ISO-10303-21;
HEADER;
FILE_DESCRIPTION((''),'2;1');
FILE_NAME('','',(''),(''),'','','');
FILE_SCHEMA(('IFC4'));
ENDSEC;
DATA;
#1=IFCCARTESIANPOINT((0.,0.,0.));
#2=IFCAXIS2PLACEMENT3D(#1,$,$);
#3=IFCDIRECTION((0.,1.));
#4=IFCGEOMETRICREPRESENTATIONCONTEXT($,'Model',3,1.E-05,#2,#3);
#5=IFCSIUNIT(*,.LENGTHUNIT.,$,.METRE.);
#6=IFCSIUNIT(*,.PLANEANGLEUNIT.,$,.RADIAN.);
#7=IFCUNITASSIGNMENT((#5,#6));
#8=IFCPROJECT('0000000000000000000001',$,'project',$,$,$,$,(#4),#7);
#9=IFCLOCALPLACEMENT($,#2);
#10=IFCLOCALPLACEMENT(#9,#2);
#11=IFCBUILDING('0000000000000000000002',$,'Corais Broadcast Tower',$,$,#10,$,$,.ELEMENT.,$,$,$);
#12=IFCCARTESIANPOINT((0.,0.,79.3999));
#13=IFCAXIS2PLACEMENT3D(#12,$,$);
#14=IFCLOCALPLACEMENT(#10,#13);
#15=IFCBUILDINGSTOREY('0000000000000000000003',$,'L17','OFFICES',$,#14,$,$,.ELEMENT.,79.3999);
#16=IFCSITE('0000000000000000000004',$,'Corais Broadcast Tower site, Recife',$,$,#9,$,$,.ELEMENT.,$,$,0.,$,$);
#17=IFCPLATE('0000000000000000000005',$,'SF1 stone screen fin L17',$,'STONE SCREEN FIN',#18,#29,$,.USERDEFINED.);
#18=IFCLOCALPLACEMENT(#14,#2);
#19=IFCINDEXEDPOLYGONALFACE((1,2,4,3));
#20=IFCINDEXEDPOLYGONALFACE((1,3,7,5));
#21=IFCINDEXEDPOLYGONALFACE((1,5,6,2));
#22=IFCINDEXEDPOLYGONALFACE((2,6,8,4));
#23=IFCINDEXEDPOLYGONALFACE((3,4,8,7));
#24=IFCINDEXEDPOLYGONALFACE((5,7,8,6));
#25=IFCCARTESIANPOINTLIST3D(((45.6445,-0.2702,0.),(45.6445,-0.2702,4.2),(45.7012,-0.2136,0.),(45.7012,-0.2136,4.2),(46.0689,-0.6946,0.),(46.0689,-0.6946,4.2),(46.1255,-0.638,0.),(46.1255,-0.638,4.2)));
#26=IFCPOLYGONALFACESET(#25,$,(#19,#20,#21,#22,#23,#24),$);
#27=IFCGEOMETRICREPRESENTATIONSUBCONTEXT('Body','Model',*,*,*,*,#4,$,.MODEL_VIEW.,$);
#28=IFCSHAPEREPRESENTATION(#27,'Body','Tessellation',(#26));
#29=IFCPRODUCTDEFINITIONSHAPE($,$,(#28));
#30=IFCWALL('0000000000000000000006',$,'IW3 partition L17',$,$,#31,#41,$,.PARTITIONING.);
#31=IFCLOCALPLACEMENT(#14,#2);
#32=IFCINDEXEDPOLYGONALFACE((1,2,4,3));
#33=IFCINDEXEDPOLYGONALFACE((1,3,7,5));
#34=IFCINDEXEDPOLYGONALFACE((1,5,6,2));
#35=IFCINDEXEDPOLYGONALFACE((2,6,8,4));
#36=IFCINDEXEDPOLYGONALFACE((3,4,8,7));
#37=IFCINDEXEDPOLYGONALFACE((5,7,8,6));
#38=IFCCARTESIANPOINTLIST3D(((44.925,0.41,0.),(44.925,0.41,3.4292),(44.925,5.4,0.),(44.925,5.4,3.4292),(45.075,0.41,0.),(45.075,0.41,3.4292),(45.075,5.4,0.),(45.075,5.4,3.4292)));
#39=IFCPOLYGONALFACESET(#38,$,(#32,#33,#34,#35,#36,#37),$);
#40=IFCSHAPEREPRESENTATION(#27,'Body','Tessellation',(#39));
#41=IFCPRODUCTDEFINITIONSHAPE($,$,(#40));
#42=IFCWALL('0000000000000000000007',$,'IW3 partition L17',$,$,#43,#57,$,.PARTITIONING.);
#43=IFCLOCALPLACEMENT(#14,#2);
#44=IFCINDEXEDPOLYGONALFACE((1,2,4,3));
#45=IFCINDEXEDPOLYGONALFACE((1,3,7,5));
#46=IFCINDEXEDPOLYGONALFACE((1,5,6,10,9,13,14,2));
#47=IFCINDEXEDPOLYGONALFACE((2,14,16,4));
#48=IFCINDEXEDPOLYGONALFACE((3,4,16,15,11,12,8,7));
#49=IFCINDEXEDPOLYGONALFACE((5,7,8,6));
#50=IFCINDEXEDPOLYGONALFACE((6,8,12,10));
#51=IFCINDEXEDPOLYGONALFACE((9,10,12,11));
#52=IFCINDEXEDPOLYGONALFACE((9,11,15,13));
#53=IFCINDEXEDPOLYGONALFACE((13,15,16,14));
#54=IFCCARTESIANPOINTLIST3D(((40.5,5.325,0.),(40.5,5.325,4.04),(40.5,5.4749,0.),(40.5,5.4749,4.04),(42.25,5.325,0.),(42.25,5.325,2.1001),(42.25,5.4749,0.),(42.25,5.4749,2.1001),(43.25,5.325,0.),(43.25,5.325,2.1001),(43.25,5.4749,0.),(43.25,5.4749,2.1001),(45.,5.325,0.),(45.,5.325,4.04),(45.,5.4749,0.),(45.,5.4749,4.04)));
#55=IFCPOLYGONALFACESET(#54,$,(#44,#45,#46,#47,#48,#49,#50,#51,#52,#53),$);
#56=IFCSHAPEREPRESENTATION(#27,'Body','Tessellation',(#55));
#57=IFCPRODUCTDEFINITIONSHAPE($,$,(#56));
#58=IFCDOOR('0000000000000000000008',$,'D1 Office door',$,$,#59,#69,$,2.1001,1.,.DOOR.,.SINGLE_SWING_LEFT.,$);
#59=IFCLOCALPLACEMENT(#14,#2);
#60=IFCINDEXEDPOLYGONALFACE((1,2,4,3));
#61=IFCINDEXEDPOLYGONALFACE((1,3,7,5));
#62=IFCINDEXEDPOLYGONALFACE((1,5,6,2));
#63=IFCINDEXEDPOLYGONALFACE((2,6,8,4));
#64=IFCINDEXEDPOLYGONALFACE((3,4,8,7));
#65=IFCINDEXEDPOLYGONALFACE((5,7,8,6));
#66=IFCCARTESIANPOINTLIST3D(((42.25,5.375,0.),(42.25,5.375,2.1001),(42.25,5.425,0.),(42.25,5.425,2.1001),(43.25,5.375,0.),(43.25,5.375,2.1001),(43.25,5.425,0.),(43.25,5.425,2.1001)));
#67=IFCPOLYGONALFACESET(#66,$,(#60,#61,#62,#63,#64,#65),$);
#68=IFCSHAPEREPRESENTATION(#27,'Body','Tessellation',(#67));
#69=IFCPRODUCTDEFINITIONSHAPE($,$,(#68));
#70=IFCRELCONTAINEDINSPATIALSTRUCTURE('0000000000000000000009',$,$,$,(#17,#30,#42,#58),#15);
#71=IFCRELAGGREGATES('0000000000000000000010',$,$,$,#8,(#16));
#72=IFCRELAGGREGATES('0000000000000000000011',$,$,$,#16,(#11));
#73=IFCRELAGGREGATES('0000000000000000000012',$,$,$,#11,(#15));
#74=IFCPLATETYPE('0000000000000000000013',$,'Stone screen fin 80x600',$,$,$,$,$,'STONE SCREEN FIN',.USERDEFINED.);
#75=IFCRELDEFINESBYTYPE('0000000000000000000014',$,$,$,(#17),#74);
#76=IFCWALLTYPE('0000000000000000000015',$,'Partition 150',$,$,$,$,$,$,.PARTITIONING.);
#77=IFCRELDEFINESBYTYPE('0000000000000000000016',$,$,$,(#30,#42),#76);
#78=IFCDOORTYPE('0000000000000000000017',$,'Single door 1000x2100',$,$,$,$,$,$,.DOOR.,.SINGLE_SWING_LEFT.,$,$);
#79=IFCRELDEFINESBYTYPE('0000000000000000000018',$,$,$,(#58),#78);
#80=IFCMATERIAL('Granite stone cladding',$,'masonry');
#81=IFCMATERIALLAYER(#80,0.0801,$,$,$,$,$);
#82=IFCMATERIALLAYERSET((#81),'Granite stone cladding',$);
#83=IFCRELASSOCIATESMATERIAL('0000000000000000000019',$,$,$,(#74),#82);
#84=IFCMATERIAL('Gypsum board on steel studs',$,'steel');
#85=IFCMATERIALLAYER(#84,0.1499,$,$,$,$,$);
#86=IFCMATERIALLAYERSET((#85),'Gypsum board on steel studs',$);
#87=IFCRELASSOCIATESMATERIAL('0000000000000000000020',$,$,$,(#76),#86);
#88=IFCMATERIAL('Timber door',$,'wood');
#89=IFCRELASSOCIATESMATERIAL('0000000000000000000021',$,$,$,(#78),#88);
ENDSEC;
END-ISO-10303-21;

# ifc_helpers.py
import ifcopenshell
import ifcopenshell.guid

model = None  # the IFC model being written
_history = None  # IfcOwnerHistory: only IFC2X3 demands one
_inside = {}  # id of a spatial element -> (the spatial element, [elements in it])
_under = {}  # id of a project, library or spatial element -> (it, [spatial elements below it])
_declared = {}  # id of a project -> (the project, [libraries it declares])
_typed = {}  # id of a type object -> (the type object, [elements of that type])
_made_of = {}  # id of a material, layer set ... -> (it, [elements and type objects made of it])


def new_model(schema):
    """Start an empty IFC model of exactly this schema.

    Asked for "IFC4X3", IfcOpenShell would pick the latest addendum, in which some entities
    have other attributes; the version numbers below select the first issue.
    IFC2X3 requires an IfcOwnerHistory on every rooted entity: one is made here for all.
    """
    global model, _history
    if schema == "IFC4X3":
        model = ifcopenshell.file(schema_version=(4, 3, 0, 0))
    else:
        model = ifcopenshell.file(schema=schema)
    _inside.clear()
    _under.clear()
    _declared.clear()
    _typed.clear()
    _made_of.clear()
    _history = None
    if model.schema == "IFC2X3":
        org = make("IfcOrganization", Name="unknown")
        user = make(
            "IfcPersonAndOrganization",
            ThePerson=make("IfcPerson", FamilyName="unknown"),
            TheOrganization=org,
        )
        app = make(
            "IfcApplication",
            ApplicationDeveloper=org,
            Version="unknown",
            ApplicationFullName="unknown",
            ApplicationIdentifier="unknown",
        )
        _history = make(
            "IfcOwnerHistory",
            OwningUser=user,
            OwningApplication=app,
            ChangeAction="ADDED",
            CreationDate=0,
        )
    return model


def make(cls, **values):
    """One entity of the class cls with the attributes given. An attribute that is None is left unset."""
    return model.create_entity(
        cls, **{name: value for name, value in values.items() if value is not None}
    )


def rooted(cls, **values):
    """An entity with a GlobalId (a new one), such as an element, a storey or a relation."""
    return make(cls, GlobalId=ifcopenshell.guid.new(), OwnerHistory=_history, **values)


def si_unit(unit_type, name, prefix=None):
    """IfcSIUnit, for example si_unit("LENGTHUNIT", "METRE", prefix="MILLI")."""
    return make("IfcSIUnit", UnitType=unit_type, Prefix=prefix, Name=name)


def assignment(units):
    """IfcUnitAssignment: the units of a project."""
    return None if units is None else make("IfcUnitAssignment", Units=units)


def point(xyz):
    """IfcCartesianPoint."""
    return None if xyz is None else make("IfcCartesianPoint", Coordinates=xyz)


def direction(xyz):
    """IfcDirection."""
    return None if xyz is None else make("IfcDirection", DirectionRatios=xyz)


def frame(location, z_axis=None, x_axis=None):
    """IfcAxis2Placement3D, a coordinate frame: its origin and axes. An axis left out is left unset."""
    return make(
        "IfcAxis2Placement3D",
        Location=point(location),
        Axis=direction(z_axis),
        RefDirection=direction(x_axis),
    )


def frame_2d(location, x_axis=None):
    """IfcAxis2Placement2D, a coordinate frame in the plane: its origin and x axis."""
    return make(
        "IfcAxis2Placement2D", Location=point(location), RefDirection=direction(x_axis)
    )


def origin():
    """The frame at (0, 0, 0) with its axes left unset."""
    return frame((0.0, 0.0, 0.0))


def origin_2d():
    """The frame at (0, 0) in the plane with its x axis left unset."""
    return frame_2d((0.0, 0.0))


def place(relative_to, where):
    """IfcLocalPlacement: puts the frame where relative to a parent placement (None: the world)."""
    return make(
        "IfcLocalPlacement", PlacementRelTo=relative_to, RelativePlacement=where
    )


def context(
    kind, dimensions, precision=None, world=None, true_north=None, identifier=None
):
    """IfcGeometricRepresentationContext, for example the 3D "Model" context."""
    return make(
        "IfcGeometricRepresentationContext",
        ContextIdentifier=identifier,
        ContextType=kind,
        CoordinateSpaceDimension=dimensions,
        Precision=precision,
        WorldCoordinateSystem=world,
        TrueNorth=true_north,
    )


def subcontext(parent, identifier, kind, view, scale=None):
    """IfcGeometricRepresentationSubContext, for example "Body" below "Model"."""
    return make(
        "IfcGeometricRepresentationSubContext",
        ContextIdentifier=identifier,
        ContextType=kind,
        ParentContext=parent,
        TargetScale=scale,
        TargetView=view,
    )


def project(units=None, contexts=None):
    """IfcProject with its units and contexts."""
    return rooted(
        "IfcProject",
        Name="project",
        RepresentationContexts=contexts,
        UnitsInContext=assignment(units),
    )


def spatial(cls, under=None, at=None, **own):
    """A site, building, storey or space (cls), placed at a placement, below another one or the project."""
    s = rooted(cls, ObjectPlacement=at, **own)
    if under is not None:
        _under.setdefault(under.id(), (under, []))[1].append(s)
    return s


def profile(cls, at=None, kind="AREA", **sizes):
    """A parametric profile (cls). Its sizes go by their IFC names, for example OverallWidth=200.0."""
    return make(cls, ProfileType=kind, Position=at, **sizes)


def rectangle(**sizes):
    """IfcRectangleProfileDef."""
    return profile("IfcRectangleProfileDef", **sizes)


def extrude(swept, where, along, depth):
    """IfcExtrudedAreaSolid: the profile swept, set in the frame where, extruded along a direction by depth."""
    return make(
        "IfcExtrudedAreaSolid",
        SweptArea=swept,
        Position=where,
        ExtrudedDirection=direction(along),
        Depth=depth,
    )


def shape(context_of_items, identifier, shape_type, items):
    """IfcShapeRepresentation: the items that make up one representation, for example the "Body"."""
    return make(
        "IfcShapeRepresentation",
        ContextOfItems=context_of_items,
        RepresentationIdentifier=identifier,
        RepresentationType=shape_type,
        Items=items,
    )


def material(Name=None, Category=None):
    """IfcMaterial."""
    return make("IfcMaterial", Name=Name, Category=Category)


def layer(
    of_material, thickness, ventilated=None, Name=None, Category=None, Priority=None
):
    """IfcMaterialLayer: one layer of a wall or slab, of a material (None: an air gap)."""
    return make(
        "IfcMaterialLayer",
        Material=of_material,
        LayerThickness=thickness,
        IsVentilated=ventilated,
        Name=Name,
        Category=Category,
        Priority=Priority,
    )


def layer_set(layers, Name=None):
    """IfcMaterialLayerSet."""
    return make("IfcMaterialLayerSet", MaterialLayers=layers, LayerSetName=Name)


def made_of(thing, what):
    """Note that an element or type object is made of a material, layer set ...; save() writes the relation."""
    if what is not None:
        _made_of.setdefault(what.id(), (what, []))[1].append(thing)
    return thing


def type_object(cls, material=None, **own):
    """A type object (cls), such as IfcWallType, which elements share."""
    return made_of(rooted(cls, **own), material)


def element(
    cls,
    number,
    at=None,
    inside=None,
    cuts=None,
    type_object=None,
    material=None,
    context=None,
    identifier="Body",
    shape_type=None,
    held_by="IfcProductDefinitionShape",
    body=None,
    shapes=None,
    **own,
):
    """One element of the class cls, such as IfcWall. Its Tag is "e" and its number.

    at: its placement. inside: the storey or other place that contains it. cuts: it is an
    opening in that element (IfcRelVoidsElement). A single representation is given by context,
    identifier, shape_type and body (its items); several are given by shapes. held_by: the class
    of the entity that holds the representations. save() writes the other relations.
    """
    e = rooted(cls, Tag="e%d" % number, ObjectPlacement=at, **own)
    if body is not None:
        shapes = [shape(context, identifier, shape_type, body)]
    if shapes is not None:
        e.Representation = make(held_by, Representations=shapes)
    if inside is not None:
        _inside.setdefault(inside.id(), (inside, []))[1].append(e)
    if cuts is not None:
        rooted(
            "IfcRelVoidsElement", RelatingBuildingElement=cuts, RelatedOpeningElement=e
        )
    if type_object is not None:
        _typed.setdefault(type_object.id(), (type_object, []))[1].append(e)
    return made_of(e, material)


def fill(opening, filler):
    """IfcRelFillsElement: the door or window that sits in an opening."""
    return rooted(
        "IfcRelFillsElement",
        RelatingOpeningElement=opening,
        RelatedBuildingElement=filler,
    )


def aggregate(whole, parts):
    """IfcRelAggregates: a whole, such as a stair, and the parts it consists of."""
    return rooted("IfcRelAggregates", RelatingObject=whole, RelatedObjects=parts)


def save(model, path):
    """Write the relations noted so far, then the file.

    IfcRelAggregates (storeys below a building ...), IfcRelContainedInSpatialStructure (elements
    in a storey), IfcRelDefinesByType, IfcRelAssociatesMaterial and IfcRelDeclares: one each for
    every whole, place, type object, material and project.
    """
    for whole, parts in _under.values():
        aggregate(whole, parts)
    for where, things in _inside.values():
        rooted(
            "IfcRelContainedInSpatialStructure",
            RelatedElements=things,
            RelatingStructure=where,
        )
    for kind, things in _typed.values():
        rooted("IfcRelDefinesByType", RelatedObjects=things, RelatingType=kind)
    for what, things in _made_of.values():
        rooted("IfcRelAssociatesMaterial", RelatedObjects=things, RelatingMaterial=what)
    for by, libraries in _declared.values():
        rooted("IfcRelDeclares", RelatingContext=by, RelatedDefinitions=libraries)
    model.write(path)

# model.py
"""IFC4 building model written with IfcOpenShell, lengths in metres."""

from ifc_helpers import new_model, si_unit, direction, frame, frame_2d, origin, origin_2d, place, context, subcontext, project, spatial, rectangle, extrude, material, layer, layer_set, type_object, element, fill, save


model = new_model("IFC4")

# Units and contexts
model_context = context("Model", 3, precision=1e-05, world=origin(), true_north=direction((0.0, 1.0)))
body_context = subcontext(model_context, "Body", "Model", "MODEL_VIEW")
ifc_project = project(units=[si_unit("LENGTHUNIT", "METRE"), si_unit("PLANEANGLEUNIT", "RADIAN")], contexts=[model_context])

# Site, building, storey
site_placement = place(None, origin())
site = spatial("IfcSite", under=ifc_project, at=site_placement, Name="Corais Broadcast Tower site, Recife", CompositionType="ELEMENT", RefElevation=0.0)
building_placement = place(site_placement, origin())
building = spatial("IfcBuilding", under=site, at=building_placement, Name="Corais Broadcast Tower", CompositionType="ELEMENT")
storey_placement = place(building_placement, frame((0.0, 0.0, 79.3999)))
storey = spatial("IfcBuildingStorey", under=building, at=storey_placement, Name="L17", Description="OFFICES", CompositionType="ELEMENT", Elevation=79.3999)

# Plate
ifc_material_1 = material(Name="Granite stone cladding", Category="masonry")
ifc_layer_1 = layer(ifc_material_1, 0.0801)
ifc_layer_set_1 = layer_set([ifc_layer_1], Name="Granite stone cladding")
plate_type_1 = type_object("IfcPlateType", Name="Stone screen fin 80x600", ElementType="STONE SCREEN FIN", PredefinedType="USERDEFINED", material=ifc_layer_set_1)
for number, where, z_axis, x_axis, name in (
    (1, (45.885, -0.4541, 0.0), (0.0, 0.0, 1.0), (-0.707107, -0.707107, 0.0), "SF1 stone screen fin L17"),
):
    element("IfcPlate", number, at=place(storey_placement, frame(where, z_axis=z_axis, x_axis=x_axis)), inside=storey, type_object=plate_type_1, Name=name, ObjectType="STONE SCREEN FIN", PredefinedType="USERDEFINED", context=body_context, shape_type="SweptSolid", body=[
        extrude(rectangle(XDim=0.0801, YDim=0.6001, at=origin_2d()), origin(), (0.0, 0.0, 1.0), 4.2),
    ])

# Wall
ifc_material_2 = material(Name="Gypsum board on steel studs", Category="steel")
ifc_layer_2 = layer(ifc_material_2, 0.1499)
ifc_layer_set_2 = layer_set([ifc_layer_2], Name="Gypsum board on steel studs")
wall_type = type_object("IfcWallType", Name="Partition 150", PredefinedType="PARTITIONING", material=ifc_layer_set_2)
wall_1_placement = place(storey_placement, frame((45.0, 0.4099, 0.0), z_axis=(0.0, 0.0, 1.0), x_axis=(0.0, 1.0, 0.0)))
element("IfcWall", 2, at=wall_1_placement, inside=storey, type_object=wall_type, Name="IW3 partition L17", PredefinedType="PARTITIONING", context=body_context, shape_type="SweptSolid", body=[
    extrude(rectangle(XDim=4.99, YDim=0.1499, at=frame_2d((2.4951, 0.0))), origin(), (0.0, 0.0, 1.0), 3.4292),
])

# Wall, opening, door
wall_2_placement = place(storey_placement, frame((45.0, 5.3999, 0.0), z_axis=(0.0, 0.0, 1.0), x_axis=(-1.0, 0.0, 0.0)))
wall_2 = element("IfcWall", 3, at=wall_2_placement, inside=storey, type_object=wall_type, Name="IW3 partition L17", PredefinedType="PARTITIONING", context=body_context, shape_type="SweptSolid", body=[
    extrude(rectangle(XDim=4.5, YDim=0.1499, at=frame_2d((2.25, 0.0))), origin(), (0.0, 0.0, 1.0), 4.04),
])
opening_placement = place(wall_2_placement, frame((1.75, 0.0, 0.0)))
opening = element("IfcOpeningElement", 4, at=opening_placement, cuts=wall_2, PredefinedType="OPENING", context=body_context, shape_type="SweptSolid", body=[
    extrude(rectangle(XDim=1.0, YDim=2.1001, at=frame_2d((0.5, 1.05))), frame((0.0, 0.085, 0.0), z_axis=(0.0, -1.0, 0.0), x_axis=(1.0, 0.0, 0.0)), (0.0, 0.0, 1.0), 0.1699),
])
ifc_material_3 = material(Name="Timber door", Category="wood")
door_type = type_object("IfcDoorType", Name="Single door 1000x2100", OperationType="SINGLE_SWING_LEFT", PredefinedType="DOOR", material=ifc_material_3)
door_placement = place(opening_placement, origin())
door = element("IfcDoor", 5, at=door_placement, inside=storey, type_object=door_type, Name="D1 Office door", OperationType="SINGLE_SWING_LEFT", OverallHeight=2.1001, OverallWidth=1.0, PredefinedType="DOOR", context=body_context, shape_type="SweptSolid", body=[
    extrude(rectangle(XDim=1.0, YDim=2.1001, at=frame_2d((0.5, 1.05))), frame((0.0, 0.0249, 0.0), z_axis=(0.0, -1.0, 0.0), x_axis=(1.0, 0.0, 0.0)), (0.0, 0.0, 1.0), 0.05),
])
fill(opening, door)

save(model, "model.ifc")
